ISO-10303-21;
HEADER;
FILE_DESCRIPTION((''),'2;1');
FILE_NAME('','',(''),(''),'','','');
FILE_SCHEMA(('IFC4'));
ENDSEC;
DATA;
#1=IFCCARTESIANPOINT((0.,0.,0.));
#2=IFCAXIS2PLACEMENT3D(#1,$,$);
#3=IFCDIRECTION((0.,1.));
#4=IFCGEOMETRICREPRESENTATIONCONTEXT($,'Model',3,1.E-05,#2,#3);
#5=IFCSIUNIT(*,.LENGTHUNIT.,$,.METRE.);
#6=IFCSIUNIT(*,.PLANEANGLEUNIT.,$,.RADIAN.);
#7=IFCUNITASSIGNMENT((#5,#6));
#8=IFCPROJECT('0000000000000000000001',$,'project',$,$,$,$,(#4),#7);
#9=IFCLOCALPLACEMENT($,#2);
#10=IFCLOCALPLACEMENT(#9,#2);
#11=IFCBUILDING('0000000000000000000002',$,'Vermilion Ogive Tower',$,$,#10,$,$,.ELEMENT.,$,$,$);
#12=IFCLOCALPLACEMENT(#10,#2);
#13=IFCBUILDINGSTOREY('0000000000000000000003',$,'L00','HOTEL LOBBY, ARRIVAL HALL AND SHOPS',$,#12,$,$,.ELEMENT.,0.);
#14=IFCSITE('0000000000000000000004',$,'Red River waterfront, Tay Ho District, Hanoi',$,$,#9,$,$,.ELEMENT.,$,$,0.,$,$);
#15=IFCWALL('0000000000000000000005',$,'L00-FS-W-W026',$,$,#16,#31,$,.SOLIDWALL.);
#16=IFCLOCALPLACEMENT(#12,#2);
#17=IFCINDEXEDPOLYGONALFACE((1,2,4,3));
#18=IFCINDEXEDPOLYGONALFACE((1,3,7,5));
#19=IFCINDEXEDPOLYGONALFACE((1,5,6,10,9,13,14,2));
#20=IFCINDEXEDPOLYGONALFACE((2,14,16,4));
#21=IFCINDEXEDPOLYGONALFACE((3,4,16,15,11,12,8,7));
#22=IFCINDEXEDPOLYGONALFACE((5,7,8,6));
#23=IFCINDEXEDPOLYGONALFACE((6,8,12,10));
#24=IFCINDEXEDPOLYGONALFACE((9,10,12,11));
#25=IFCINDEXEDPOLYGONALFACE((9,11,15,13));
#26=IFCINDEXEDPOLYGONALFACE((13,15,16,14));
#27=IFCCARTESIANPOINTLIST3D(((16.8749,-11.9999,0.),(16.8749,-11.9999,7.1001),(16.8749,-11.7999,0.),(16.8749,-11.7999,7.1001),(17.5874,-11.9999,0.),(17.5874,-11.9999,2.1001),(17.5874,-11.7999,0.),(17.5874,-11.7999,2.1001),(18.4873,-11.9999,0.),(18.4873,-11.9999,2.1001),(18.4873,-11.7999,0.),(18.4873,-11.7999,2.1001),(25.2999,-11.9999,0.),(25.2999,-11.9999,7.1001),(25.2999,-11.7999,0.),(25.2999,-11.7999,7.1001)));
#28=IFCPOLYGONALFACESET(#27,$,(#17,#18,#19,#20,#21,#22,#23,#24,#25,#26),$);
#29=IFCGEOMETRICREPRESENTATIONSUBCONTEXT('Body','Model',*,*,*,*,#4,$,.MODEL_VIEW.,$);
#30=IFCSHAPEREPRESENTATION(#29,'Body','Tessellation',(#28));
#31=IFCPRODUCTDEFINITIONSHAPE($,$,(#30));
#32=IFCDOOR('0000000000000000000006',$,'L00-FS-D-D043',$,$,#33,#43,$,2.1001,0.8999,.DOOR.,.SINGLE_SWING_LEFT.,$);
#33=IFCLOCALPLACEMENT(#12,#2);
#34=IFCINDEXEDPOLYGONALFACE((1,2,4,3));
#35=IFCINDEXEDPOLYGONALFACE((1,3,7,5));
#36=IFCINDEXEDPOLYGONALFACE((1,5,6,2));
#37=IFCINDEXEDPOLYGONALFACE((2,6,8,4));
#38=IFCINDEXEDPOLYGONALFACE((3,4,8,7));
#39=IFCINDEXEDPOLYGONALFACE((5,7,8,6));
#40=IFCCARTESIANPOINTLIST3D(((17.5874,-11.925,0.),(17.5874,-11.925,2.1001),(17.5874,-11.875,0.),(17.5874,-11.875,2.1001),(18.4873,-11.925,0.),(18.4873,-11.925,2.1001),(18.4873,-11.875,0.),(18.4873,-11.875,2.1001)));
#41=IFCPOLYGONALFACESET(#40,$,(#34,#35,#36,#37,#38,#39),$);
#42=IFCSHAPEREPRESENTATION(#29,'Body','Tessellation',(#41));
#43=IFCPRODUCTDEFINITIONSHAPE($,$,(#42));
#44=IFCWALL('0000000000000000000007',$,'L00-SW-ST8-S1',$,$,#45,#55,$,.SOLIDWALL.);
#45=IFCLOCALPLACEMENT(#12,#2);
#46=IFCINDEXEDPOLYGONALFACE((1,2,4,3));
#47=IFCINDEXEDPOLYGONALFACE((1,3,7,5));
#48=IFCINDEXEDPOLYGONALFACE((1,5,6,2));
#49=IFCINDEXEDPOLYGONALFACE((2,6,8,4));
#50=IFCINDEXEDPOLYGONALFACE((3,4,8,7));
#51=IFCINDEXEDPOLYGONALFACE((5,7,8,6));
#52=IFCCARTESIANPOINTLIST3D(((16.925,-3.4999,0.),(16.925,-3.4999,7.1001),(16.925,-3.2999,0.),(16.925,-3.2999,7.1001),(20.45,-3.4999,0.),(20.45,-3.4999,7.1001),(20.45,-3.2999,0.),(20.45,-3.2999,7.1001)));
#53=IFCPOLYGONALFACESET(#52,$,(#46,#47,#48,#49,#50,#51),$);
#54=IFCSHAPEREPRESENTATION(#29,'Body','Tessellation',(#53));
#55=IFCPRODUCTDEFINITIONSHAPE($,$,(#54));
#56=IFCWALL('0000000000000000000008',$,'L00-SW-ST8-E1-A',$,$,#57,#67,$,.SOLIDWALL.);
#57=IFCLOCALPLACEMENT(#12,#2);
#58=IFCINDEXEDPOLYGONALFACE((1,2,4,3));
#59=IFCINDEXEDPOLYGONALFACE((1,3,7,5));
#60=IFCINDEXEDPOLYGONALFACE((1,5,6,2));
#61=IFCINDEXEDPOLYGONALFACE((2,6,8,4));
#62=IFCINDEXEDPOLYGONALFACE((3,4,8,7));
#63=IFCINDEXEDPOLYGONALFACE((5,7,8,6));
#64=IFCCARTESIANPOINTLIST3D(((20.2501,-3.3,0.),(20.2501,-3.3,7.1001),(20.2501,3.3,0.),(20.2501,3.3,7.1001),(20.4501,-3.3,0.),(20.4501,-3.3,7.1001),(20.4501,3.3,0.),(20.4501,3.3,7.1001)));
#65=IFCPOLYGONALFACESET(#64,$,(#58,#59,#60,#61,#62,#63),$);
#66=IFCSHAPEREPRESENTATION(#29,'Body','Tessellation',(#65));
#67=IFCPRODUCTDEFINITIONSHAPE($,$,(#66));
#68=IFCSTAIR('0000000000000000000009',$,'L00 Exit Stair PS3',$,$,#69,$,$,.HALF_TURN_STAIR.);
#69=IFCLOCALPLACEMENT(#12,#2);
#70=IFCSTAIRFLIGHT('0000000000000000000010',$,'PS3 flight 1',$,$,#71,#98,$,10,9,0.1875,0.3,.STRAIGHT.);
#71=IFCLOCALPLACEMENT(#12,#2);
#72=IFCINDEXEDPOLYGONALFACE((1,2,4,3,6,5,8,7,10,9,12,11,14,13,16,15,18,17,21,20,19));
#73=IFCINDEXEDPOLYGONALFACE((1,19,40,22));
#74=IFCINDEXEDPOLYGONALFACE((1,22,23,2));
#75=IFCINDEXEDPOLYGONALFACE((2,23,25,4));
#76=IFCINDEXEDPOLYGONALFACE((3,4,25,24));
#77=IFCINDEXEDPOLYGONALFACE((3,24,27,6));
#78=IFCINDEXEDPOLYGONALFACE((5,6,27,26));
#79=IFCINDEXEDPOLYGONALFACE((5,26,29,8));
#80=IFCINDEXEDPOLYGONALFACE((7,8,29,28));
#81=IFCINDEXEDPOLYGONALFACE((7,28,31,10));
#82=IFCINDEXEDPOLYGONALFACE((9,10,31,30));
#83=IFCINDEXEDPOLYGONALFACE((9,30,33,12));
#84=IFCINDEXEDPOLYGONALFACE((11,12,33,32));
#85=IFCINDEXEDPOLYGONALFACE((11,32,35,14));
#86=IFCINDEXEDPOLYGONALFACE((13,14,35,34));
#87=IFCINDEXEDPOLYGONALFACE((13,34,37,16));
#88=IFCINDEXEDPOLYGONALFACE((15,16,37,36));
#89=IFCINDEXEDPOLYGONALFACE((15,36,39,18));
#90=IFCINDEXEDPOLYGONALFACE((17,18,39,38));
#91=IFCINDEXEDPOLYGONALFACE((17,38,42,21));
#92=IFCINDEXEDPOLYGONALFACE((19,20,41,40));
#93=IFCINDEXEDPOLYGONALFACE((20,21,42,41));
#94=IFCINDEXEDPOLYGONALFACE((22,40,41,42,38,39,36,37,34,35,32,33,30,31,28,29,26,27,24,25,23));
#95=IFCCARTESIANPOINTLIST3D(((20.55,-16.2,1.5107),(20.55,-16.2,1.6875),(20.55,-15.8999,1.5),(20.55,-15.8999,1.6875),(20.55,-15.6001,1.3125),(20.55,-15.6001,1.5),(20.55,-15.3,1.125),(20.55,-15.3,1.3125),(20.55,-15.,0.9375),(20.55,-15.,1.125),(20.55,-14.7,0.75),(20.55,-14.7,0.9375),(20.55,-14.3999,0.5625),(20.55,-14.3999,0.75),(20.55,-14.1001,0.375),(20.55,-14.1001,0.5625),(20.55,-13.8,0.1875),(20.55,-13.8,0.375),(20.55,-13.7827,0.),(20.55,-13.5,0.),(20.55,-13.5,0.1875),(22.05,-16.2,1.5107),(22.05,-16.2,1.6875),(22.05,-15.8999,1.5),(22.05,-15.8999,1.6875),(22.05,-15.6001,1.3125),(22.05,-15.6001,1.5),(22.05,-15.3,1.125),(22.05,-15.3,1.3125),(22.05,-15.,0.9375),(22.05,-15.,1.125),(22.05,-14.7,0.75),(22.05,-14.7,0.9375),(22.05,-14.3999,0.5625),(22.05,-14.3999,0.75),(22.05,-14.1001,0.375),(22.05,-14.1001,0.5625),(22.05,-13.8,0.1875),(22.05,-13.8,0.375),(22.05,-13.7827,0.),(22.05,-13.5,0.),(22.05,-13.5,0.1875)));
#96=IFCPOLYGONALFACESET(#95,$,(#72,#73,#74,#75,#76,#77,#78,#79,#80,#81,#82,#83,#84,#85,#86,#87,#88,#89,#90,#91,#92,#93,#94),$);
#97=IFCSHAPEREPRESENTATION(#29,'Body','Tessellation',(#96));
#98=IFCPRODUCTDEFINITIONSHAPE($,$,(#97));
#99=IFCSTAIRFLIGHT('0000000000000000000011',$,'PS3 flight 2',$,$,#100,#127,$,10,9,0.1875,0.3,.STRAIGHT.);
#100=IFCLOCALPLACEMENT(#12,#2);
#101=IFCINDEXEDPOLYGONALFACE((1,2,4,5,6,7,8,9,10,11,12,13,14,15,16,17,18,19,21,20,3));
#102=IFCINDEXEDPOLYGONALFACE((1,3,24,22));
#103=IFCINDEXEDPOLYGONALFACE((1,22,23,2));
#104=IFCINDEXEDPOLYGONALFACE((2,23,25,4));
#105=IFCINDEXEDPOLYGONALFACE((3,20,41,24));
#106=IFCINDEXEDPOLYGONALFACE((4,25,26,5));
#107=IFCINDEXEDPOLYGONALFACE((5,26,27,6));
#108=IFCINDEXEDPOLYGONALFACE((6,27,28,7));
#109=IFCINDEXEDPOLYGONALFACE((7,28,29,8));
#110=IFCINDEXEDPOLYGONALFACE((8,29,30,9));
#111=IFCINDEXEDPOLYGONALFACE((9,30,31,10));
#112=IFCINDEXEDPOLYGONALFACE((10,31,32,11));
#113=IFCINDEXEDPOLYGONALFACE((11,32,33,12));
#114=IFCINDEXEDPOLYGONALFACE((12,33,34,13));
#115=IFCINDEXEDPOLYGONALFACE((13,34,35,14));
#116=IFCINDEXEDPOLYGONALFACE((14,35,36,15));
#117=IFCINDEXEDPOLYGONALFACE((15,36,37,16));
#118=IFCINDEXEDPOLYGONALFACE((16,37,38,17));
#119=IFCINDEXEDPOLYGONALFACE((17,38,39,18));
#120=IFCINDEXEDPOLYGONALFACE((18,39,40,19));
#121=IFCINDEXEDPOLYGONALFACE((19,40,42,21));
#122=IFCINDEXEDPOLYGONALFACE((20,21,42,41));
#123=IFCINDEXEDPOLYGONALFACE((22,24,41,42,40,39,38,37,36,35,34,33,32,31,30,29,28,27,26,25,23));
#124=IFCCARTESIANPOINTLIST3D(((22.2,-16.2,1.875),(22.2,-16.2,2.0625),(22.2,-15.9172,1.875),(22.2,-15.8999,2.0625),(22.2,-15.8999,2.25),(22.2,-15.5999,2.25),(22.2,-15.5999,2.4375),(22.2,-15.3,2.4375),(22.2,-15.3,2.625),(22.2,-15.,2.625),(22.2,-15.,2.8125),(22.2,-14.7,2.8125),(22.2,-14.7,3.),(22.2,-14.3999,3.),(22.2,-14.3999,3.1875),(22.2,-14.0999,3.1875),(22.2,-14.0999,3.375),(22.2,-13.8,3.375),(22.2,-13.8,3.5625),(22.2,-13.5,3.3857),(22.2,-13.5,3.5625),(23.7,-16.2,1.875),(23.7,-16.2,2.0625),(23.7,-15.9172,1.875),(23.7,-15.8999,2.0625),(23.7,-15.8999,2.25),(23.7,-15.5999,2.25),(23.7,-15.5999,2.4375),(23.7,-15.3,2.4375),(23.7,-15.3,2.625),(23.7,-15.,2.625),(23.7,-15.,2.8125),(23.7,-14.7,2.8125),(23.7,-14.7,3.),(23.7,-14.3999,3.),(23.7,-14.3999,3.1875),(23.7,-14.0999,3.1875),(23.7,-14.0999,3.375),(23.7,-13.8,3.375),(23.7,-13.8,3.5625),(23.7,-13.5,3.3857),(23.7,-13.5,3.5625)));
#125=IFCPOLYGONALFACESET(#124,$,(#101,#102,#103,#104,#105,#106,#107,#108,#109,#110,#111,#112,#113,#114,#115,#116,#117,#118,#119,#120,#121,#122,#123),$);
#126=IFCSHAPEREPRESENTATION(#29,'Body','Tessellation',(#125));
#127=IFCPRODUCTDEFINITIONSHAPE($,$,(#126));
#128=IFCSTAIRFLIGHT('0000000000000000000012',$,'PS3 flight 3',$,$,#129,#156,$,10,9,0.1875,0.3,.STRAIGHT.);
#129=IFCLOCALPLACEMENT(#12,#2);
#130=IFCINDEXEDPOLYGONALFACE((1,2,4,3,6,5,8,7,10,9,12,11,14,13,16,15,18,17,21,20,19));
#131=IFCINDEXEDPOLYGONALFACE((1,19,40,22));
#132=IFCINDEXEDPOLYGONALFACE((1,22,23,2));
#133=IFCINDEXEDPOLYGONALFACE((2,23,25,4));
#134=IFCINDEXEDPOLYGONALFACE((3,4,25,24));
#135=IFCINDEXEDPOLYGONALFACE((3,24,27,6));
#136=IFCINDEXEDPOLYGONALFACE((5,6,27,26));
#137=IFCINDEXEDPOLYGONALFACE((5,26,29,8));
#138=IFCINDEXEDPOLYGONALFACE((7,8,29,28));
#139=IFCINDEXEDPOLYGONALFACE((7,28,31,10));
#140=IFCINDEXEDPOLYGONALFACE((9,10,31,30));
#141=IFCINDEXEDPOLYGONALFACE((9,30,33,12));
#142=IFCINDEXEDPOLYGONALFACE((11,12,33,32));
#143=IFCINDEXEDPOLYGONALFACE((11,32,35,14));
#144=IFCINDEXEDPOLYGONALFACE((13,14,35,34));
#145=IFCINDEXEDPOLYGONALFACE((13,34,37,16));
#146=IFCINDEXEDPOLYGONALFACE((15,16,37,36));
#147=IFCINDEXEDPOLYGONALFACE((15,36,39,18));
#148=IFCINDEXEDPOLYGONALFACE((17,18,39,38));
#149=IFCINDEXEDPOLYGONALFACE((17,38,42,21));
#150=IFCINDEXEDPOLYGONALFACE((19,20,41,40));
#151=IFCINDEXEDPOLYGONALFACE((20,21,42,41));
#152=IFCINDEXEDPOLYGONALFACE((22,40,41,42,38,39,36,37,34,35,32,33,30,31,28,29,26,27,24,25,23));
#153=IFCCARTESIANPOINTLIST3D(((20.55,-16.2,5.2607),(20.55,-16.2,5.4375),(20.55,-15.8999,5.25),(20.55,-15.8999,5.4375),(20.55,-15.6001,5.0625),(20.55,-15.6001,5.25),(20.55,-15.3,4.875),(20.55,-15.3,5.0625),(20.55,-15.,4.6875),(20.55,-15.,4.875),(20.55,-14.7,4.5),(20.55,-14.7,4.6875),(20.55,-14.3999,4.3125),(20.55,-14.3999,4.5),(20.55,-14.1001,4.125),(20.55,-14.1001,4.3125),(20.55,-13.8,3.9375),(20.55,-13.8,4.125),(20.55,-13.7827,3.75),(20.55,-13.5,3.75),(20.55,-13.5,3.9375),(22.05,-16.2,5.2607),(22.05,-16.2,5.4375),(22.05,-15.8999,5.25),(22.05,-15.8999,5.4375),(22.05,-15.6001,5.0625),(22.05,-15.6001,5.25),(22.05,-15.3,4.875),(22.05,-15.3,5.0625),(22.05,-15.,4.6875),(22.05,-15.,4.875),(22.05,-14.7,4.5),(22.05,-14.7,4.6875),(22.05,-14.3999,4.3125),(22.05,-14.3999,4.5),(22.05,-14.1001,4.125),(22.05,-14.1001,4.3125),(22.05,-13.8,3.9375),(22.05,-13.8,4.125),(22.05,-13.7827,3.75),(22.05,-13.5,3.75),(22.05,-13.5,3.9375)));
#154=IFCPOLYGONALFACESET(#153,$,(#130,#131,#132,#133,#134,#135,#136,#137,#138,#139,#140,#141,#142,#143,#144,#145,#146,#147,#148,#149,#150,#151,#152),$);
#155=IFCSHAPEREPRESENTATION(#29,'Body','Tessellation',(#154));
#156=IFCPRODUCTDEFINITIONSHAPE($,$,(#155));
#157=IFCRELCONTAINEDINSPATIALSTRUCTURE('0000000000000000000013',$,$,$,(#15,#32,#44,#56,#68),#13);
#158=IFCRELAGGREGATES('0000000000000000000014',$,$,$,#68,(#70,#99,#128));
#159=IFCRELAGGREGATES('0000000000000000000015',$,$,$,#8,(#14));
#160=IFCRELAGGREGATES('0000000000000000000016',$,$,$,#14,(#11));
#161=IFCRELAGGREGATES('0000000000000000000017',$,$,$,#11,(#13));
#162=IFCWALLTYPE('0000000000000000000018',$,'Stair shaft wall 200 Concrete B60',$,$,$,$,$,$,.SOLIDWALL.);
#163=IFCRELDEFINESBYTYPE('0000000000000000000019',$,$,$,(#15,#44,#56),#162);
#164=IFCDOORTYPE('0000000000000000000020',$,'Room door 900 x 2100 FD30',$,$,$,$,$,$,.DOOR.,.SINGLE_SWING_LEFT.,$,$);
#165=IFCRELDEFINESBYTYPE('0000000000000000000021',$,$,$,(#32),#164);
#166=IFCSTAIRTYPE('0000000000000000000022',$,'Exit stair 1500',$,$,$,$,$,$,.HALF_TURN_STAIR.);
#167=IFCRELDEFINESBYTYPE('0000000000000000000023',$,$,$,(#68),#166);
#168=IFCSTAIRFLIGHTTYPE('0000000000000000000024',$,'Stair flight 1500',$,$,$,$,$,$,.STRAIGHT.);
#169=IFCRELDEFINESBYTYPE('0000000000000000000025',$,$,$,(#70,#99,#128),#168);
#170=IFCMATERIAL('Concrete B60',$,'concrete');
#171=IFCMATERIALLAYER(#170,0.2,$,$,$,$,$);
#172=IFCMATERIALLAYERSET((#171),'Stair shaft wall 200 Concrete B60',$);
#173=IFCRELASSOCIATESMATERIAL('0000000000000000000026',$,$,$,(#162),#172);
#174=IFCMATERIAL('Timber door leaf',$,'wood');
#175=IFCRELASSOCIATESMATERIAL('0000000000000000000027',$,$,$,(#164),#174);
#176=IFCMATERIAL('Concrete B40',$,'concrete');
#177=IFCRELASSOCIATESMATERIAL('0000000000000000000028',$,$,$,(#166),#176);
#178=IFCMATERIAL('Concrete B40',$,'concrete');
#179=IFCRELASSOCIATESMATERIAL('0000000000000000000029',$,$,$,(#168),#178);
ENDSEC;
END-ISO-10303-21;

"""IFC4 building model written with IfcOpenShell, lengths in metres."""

from ifc_helpers import new_model, si_unit, direction, frame, frame_2d, origin, place, context, subcontext, project, spatial, polyline, rectangle, outline, extrude, material, layer, layer_set, type_object, element, fill, aggregate, save


model = new_model("IFC4")

# Units and contexts
model_context = context("Model", 3, precision=1e-05, world=origin(), true_north=direction((0.0, 1.0)))
body_context = subcontext(model_context, "Body", "Model", "MODEL_VIEW")
ifc_project = project(units=[si_unit("LENGTHUNIT", "METRE"), si_unit("PLANEANGLEUNIT", "RADIAN")], contexts=[model_context])

# Site, building, storey
site_placement = place(None, origin())
site = spatial("IfcSite", under=ifc_project, at=site_placement, Name="Red River waterfront, Tay Ho District, Hanoi", CompositionType="ELEMENT", RefElevation=0.0)
building_placement = place(site_placement, origin())
building = spatial("IfcBuilding", under=site, at=building_placement, Name="Vermilion Ogive Tower", CompositionType="ELEMENT")
storey_placement = place(building_placement, origin())
storey = spatial("IfcBuildingStorey", under=building, at=storey_placement, Name="L00", Description="HOTEL LOBBY, ARRIVAL HALL AND SHOPS", CompositionType="ELEMENT", Elevation=0.0)

# Wall, opening, door
ifc_material_1 = material(Name="Concrete B60", Category="concrete")
ifc_layer = layer(ifc_material_1, 0.2)
ifc_layer_set = layer_set([ifc_layer], Name="Stair shaft wall 200 Concrete B60")
wall_type = type_object("IfcWallType", Name="Stair shaft wall 200 Concrete B60", PredefinedType="SOLIDWALL", material=ifc_layer_set)
wall_1_placement = place(storey_placement, frame((16.875, -11.8999, 0.0), z_axis=(0.0, 0.0, 1.0), x_axis=(1.0, 0.0, 0.0)))
wall_1 = element("IfcWall", 1, at=wall_1_placement, inside=storey, type_object=wall_type, Name="L00-FS-W-W026", PredefinedType="SOLIDWALL", context=body_context, shape_type="SweptSolid", body=[
    extrude(rectangle(XDim=8.425, YDim=0.2, at=frame_2d((4.2124, 0.0))), origin(), (0.0, 0.0, 1.0), 7.1001),
])
opening_placement = place(wall_1_placement, frame((0.7124, 0.0, 0.0)))
opening = element("IfcOpeningElement", 2, at=opening_placement, cuts=wall_1, PredefinedType="OPENING", context=body_context, shape_type="SweptSolid", body=[
    extrude(rectangle(XDim=0.8999, YDim=2.1001, at=frame_2d((0.45, 1.05))), frame((0.0, 0.1099, 0.0), z_axis=(0.0, -1.0, 0.0), x_axis=(1.0, 0.0, 0.0)), (0.0, 0.0, 1.0), 0.22),
])
ifc_material_2 = material(Name="Timber door leaf", Category="wood")
door_type = type_object("IfcDoorType", Name="Room door 900 x 2100 FD30", OperationType="SINGLE_SWING_LEFT", PredefinedType="DOOR", material=ifc_material_2)
door_placement = place(opening_placement, origin())
door = element("IfcDoor", 3, at=door_placement, inside=storey, type_object=door_type, Name="L00-FS-D-D043", OperationType="SINGLE_SWING_LEFT", OverallHeight=2.1001, OverallWidth=0.8999, PredefinedType="DOOR", context=body_context, shape_type="SweptSolid", body=[
    extrude(rectangle(XDim=0.8999, YDim=2.1001, at=frame_2d((0.45, 1.05))), frame((0.0, 0.0249, 0.0), z_axis=(0.0, -1.0, 0.0), x_axis=(1.0, 0.0, 0.0)), (0.0, 0.0, 1.0), 0.05),
])
fill(opening, door)

# Walls
wall_2_placement = place(storey_placement, frame((16.925, -3.3999, 0.0), z_axis=(0.0, 0.0, 1.0), x_axis=(1.0, 0.0, 0.0)))
element("IfcWall", 4, at=wall_2_placement, inside=storey, type_object=wall_type, Name="L00-SW-ST8-S1", PredefinedType="SOLIDWALL", context=body_context, shape_type="SweptSolid", body=[
    extrude(rectangle(XDim=3.5249, YDim=0.2, at=frame_2d((1.7625, 0.0))), origin(), (0.0, 0.0, 1.0), 7.1001),
])
wall_3_placement = place(storey_placement, frame((20.3501, -3.3, 0.0), z_axis=(0.0, 0.0, 1.0), x_axis=(0.0, 1.0, 0.0)))
element("IfcWall", 5, at=wall_3_placement, inside=storey, type_object=wall_type, Name="L00-SW-ST8-E1-A", PredefinedType="SOLIDWALL", context=body_context, shape_type="SweptSolid", body=[
    extrude(rectangle(XDim=6.6001, YDim=0.2, at=frame_2d((3.3, 0.0))), origin(), (0.0, 0.0, 1.0), 7.1001),
])

# Stair, stair flights
ifc_material_3 = material(Name="Concrete B40", Category="concrete")
stair_type = type_object("IfcStairType", Name="Exit stair 1500", PredefinedType="HALF_TURN_STAIR", material=ifc_material_3)
stair_placement = place(storey_placement, origin())
stair = element("IfcStair", 6, at=stair_placement, inside=storey, type_object=stair_type, Name="L00 Exit Stair PS3", PredefinedType="HALF_TURN_STAIR")
ifc_material_4 = material(Name="Concrete B40", Category="concrete")
stair_flight_type = type_object("IfcStairFlightType", Name="Stair flight 1500", PredefinedType="STRAIGHT", material=ifc_material_4)
stair_flight_1_placement = place(storey_placement, frame((21.3, -13.5, 0.0), z_axis=(0.0, 0.0, 1.0), x_axis=(0.0, -1.0, 0.0)))
stair_flight_1 = element("IfcStairFlight", 7, at=stair_flight_1_placement, type_object=stair_flight_type, Name="PS3 flight 1", NumberOfRisers=10, NumberOfTreads=9, PredefinedType="STRAIGHT", RiserHeight=0.1875, TreadLength=0.3, context=body_context, shape_type="SweptSolid", body=[
    extrude(outline(polyline([(0.0, 0.0), (0.0, 0.1875), (0.3, 0.1875), (0.3, 0.375), (0.6001, 0.375), (0.6001, 0.5625), (0.8999, 0.5625), (0.8999, 0.75), (1.2, 0.75), (1.2, 0.9375), (1.5, 0.9375), (1.5, 1.125), (1.8, 1.125), (1.8, 1.3125), (2.1001, 1.3125), (2.1001, 1.5), (2.3999, 1.5), (2.3999, 1.6875), (2.7, 1.6875), (2.7, 1.875), (2.7, 1.5107), (0.2827, 0.0), (0.0, 0.0)])), frame((0.0, 0.75, 0.0), z_axis=(0.0, -1.0, 0.0), x_axis=(1.0, 0.0, 0.0)), (0.0, 0.0, 1.0), 1.5),
])
stair_flight_2_placement = place(storey_placement, frame((22.95, -16.2, 1.875), z_axis=(0.0, 0.0, 1.0), x_axis=(0.0, 1.0, 0.0)))
stair_flight_2 = element("IfcStairFlight", 8, at=stair_flight_2_placement, type_object=stair_flight_type, Name="PS3 flight 2", NumberOfRisers=10, NumberOfTreads=9, PredefinedType="STRAIGHT", RiserHeight=0.1875, TreadLength=0.3, context=body_context, shape_type="SweptSolid", body=[
    extrude(outline(polyline([(0.0, 0.0), (0.0, 0.1875), (0.3, 0.1875), (0.3, 0.375), (0.6001, 0.375), (0.6001, 0.5625), (0.8999, 0.5625), (0.8999, 0.75), (1.2, 0.75), (1.2, 0.9375), (1.5, 0.9375), (1.5, 1.125), (1.8, 1.125), (1.8, 1.3125), (2.1001, 1.3125), (2.1001, 1.5), (2.3999, 1.5), (2.3999, 1.6875), (2.7, 1.6875), (2.7, 1.875), (2.7, 1.5107), (0.2827, 0.0), (0.0, 0.0)])), frame((0.0, 0.75, 0.0), z_axis=(0.0, -1.0, 0.0), x_axis=(1.0, 0.0, 0.0)), (0.0, 0.0, 1.0), 1.5),
])
stair_flight_3_placement = place(storey_placement, frame((21.3, -13.5, 3.75), z_axis=(0.0, 0.0, 1.0), x_axis=(0.0, -1.0, 0.0)))
stair_flight_3 = element("IfcStairFlight", 9, at=stair_flight_3_placement, type_object=stair_flight_type, Name="PS3 flight 3", NumberOfRisers=10, NumberOfTreads=9, PredefinedType="STRAIGHT", RiserHeight=0.1875, TreadLength=0.3, context=body_context, shape_type="SweptSolid", body=[
    extrude(outline(polyline([(0.0, 0.0), (0.0, 0.1875), (0.3, 0.1875), (0.3, 0.375), (0.6001, 0.375), (0.6001, 0.5625), (0.8999, 0.5625), (0.8999, 0.75), (1.2, 0.75), (1.2, 0.9375), (1.5, 0.9375), (1.5, 1.125), (1.8, 1.125), (1.8, 1.3125), (2.1001, 1.3125), (2.1001, 1.5), (2.3999, 1.5), (2.3999, 1.6875), (2.7, 1.6875), (2.7, 1.875), (2.7, 1.5107), (0.2827, 0.0), (0.0, 0.0)])), frame((0.0, 0.75, 0.0), z_axis=(0.0, -1.0, 0.0), x_axis=(1.0, 0.0, 0.0)), (0.0, 0.0, 1.0), 1.5),
])
aggregate(stair, [stair_flight_1, stair_flight_2, stair_flight_3])

save(model, "model.ifc")
